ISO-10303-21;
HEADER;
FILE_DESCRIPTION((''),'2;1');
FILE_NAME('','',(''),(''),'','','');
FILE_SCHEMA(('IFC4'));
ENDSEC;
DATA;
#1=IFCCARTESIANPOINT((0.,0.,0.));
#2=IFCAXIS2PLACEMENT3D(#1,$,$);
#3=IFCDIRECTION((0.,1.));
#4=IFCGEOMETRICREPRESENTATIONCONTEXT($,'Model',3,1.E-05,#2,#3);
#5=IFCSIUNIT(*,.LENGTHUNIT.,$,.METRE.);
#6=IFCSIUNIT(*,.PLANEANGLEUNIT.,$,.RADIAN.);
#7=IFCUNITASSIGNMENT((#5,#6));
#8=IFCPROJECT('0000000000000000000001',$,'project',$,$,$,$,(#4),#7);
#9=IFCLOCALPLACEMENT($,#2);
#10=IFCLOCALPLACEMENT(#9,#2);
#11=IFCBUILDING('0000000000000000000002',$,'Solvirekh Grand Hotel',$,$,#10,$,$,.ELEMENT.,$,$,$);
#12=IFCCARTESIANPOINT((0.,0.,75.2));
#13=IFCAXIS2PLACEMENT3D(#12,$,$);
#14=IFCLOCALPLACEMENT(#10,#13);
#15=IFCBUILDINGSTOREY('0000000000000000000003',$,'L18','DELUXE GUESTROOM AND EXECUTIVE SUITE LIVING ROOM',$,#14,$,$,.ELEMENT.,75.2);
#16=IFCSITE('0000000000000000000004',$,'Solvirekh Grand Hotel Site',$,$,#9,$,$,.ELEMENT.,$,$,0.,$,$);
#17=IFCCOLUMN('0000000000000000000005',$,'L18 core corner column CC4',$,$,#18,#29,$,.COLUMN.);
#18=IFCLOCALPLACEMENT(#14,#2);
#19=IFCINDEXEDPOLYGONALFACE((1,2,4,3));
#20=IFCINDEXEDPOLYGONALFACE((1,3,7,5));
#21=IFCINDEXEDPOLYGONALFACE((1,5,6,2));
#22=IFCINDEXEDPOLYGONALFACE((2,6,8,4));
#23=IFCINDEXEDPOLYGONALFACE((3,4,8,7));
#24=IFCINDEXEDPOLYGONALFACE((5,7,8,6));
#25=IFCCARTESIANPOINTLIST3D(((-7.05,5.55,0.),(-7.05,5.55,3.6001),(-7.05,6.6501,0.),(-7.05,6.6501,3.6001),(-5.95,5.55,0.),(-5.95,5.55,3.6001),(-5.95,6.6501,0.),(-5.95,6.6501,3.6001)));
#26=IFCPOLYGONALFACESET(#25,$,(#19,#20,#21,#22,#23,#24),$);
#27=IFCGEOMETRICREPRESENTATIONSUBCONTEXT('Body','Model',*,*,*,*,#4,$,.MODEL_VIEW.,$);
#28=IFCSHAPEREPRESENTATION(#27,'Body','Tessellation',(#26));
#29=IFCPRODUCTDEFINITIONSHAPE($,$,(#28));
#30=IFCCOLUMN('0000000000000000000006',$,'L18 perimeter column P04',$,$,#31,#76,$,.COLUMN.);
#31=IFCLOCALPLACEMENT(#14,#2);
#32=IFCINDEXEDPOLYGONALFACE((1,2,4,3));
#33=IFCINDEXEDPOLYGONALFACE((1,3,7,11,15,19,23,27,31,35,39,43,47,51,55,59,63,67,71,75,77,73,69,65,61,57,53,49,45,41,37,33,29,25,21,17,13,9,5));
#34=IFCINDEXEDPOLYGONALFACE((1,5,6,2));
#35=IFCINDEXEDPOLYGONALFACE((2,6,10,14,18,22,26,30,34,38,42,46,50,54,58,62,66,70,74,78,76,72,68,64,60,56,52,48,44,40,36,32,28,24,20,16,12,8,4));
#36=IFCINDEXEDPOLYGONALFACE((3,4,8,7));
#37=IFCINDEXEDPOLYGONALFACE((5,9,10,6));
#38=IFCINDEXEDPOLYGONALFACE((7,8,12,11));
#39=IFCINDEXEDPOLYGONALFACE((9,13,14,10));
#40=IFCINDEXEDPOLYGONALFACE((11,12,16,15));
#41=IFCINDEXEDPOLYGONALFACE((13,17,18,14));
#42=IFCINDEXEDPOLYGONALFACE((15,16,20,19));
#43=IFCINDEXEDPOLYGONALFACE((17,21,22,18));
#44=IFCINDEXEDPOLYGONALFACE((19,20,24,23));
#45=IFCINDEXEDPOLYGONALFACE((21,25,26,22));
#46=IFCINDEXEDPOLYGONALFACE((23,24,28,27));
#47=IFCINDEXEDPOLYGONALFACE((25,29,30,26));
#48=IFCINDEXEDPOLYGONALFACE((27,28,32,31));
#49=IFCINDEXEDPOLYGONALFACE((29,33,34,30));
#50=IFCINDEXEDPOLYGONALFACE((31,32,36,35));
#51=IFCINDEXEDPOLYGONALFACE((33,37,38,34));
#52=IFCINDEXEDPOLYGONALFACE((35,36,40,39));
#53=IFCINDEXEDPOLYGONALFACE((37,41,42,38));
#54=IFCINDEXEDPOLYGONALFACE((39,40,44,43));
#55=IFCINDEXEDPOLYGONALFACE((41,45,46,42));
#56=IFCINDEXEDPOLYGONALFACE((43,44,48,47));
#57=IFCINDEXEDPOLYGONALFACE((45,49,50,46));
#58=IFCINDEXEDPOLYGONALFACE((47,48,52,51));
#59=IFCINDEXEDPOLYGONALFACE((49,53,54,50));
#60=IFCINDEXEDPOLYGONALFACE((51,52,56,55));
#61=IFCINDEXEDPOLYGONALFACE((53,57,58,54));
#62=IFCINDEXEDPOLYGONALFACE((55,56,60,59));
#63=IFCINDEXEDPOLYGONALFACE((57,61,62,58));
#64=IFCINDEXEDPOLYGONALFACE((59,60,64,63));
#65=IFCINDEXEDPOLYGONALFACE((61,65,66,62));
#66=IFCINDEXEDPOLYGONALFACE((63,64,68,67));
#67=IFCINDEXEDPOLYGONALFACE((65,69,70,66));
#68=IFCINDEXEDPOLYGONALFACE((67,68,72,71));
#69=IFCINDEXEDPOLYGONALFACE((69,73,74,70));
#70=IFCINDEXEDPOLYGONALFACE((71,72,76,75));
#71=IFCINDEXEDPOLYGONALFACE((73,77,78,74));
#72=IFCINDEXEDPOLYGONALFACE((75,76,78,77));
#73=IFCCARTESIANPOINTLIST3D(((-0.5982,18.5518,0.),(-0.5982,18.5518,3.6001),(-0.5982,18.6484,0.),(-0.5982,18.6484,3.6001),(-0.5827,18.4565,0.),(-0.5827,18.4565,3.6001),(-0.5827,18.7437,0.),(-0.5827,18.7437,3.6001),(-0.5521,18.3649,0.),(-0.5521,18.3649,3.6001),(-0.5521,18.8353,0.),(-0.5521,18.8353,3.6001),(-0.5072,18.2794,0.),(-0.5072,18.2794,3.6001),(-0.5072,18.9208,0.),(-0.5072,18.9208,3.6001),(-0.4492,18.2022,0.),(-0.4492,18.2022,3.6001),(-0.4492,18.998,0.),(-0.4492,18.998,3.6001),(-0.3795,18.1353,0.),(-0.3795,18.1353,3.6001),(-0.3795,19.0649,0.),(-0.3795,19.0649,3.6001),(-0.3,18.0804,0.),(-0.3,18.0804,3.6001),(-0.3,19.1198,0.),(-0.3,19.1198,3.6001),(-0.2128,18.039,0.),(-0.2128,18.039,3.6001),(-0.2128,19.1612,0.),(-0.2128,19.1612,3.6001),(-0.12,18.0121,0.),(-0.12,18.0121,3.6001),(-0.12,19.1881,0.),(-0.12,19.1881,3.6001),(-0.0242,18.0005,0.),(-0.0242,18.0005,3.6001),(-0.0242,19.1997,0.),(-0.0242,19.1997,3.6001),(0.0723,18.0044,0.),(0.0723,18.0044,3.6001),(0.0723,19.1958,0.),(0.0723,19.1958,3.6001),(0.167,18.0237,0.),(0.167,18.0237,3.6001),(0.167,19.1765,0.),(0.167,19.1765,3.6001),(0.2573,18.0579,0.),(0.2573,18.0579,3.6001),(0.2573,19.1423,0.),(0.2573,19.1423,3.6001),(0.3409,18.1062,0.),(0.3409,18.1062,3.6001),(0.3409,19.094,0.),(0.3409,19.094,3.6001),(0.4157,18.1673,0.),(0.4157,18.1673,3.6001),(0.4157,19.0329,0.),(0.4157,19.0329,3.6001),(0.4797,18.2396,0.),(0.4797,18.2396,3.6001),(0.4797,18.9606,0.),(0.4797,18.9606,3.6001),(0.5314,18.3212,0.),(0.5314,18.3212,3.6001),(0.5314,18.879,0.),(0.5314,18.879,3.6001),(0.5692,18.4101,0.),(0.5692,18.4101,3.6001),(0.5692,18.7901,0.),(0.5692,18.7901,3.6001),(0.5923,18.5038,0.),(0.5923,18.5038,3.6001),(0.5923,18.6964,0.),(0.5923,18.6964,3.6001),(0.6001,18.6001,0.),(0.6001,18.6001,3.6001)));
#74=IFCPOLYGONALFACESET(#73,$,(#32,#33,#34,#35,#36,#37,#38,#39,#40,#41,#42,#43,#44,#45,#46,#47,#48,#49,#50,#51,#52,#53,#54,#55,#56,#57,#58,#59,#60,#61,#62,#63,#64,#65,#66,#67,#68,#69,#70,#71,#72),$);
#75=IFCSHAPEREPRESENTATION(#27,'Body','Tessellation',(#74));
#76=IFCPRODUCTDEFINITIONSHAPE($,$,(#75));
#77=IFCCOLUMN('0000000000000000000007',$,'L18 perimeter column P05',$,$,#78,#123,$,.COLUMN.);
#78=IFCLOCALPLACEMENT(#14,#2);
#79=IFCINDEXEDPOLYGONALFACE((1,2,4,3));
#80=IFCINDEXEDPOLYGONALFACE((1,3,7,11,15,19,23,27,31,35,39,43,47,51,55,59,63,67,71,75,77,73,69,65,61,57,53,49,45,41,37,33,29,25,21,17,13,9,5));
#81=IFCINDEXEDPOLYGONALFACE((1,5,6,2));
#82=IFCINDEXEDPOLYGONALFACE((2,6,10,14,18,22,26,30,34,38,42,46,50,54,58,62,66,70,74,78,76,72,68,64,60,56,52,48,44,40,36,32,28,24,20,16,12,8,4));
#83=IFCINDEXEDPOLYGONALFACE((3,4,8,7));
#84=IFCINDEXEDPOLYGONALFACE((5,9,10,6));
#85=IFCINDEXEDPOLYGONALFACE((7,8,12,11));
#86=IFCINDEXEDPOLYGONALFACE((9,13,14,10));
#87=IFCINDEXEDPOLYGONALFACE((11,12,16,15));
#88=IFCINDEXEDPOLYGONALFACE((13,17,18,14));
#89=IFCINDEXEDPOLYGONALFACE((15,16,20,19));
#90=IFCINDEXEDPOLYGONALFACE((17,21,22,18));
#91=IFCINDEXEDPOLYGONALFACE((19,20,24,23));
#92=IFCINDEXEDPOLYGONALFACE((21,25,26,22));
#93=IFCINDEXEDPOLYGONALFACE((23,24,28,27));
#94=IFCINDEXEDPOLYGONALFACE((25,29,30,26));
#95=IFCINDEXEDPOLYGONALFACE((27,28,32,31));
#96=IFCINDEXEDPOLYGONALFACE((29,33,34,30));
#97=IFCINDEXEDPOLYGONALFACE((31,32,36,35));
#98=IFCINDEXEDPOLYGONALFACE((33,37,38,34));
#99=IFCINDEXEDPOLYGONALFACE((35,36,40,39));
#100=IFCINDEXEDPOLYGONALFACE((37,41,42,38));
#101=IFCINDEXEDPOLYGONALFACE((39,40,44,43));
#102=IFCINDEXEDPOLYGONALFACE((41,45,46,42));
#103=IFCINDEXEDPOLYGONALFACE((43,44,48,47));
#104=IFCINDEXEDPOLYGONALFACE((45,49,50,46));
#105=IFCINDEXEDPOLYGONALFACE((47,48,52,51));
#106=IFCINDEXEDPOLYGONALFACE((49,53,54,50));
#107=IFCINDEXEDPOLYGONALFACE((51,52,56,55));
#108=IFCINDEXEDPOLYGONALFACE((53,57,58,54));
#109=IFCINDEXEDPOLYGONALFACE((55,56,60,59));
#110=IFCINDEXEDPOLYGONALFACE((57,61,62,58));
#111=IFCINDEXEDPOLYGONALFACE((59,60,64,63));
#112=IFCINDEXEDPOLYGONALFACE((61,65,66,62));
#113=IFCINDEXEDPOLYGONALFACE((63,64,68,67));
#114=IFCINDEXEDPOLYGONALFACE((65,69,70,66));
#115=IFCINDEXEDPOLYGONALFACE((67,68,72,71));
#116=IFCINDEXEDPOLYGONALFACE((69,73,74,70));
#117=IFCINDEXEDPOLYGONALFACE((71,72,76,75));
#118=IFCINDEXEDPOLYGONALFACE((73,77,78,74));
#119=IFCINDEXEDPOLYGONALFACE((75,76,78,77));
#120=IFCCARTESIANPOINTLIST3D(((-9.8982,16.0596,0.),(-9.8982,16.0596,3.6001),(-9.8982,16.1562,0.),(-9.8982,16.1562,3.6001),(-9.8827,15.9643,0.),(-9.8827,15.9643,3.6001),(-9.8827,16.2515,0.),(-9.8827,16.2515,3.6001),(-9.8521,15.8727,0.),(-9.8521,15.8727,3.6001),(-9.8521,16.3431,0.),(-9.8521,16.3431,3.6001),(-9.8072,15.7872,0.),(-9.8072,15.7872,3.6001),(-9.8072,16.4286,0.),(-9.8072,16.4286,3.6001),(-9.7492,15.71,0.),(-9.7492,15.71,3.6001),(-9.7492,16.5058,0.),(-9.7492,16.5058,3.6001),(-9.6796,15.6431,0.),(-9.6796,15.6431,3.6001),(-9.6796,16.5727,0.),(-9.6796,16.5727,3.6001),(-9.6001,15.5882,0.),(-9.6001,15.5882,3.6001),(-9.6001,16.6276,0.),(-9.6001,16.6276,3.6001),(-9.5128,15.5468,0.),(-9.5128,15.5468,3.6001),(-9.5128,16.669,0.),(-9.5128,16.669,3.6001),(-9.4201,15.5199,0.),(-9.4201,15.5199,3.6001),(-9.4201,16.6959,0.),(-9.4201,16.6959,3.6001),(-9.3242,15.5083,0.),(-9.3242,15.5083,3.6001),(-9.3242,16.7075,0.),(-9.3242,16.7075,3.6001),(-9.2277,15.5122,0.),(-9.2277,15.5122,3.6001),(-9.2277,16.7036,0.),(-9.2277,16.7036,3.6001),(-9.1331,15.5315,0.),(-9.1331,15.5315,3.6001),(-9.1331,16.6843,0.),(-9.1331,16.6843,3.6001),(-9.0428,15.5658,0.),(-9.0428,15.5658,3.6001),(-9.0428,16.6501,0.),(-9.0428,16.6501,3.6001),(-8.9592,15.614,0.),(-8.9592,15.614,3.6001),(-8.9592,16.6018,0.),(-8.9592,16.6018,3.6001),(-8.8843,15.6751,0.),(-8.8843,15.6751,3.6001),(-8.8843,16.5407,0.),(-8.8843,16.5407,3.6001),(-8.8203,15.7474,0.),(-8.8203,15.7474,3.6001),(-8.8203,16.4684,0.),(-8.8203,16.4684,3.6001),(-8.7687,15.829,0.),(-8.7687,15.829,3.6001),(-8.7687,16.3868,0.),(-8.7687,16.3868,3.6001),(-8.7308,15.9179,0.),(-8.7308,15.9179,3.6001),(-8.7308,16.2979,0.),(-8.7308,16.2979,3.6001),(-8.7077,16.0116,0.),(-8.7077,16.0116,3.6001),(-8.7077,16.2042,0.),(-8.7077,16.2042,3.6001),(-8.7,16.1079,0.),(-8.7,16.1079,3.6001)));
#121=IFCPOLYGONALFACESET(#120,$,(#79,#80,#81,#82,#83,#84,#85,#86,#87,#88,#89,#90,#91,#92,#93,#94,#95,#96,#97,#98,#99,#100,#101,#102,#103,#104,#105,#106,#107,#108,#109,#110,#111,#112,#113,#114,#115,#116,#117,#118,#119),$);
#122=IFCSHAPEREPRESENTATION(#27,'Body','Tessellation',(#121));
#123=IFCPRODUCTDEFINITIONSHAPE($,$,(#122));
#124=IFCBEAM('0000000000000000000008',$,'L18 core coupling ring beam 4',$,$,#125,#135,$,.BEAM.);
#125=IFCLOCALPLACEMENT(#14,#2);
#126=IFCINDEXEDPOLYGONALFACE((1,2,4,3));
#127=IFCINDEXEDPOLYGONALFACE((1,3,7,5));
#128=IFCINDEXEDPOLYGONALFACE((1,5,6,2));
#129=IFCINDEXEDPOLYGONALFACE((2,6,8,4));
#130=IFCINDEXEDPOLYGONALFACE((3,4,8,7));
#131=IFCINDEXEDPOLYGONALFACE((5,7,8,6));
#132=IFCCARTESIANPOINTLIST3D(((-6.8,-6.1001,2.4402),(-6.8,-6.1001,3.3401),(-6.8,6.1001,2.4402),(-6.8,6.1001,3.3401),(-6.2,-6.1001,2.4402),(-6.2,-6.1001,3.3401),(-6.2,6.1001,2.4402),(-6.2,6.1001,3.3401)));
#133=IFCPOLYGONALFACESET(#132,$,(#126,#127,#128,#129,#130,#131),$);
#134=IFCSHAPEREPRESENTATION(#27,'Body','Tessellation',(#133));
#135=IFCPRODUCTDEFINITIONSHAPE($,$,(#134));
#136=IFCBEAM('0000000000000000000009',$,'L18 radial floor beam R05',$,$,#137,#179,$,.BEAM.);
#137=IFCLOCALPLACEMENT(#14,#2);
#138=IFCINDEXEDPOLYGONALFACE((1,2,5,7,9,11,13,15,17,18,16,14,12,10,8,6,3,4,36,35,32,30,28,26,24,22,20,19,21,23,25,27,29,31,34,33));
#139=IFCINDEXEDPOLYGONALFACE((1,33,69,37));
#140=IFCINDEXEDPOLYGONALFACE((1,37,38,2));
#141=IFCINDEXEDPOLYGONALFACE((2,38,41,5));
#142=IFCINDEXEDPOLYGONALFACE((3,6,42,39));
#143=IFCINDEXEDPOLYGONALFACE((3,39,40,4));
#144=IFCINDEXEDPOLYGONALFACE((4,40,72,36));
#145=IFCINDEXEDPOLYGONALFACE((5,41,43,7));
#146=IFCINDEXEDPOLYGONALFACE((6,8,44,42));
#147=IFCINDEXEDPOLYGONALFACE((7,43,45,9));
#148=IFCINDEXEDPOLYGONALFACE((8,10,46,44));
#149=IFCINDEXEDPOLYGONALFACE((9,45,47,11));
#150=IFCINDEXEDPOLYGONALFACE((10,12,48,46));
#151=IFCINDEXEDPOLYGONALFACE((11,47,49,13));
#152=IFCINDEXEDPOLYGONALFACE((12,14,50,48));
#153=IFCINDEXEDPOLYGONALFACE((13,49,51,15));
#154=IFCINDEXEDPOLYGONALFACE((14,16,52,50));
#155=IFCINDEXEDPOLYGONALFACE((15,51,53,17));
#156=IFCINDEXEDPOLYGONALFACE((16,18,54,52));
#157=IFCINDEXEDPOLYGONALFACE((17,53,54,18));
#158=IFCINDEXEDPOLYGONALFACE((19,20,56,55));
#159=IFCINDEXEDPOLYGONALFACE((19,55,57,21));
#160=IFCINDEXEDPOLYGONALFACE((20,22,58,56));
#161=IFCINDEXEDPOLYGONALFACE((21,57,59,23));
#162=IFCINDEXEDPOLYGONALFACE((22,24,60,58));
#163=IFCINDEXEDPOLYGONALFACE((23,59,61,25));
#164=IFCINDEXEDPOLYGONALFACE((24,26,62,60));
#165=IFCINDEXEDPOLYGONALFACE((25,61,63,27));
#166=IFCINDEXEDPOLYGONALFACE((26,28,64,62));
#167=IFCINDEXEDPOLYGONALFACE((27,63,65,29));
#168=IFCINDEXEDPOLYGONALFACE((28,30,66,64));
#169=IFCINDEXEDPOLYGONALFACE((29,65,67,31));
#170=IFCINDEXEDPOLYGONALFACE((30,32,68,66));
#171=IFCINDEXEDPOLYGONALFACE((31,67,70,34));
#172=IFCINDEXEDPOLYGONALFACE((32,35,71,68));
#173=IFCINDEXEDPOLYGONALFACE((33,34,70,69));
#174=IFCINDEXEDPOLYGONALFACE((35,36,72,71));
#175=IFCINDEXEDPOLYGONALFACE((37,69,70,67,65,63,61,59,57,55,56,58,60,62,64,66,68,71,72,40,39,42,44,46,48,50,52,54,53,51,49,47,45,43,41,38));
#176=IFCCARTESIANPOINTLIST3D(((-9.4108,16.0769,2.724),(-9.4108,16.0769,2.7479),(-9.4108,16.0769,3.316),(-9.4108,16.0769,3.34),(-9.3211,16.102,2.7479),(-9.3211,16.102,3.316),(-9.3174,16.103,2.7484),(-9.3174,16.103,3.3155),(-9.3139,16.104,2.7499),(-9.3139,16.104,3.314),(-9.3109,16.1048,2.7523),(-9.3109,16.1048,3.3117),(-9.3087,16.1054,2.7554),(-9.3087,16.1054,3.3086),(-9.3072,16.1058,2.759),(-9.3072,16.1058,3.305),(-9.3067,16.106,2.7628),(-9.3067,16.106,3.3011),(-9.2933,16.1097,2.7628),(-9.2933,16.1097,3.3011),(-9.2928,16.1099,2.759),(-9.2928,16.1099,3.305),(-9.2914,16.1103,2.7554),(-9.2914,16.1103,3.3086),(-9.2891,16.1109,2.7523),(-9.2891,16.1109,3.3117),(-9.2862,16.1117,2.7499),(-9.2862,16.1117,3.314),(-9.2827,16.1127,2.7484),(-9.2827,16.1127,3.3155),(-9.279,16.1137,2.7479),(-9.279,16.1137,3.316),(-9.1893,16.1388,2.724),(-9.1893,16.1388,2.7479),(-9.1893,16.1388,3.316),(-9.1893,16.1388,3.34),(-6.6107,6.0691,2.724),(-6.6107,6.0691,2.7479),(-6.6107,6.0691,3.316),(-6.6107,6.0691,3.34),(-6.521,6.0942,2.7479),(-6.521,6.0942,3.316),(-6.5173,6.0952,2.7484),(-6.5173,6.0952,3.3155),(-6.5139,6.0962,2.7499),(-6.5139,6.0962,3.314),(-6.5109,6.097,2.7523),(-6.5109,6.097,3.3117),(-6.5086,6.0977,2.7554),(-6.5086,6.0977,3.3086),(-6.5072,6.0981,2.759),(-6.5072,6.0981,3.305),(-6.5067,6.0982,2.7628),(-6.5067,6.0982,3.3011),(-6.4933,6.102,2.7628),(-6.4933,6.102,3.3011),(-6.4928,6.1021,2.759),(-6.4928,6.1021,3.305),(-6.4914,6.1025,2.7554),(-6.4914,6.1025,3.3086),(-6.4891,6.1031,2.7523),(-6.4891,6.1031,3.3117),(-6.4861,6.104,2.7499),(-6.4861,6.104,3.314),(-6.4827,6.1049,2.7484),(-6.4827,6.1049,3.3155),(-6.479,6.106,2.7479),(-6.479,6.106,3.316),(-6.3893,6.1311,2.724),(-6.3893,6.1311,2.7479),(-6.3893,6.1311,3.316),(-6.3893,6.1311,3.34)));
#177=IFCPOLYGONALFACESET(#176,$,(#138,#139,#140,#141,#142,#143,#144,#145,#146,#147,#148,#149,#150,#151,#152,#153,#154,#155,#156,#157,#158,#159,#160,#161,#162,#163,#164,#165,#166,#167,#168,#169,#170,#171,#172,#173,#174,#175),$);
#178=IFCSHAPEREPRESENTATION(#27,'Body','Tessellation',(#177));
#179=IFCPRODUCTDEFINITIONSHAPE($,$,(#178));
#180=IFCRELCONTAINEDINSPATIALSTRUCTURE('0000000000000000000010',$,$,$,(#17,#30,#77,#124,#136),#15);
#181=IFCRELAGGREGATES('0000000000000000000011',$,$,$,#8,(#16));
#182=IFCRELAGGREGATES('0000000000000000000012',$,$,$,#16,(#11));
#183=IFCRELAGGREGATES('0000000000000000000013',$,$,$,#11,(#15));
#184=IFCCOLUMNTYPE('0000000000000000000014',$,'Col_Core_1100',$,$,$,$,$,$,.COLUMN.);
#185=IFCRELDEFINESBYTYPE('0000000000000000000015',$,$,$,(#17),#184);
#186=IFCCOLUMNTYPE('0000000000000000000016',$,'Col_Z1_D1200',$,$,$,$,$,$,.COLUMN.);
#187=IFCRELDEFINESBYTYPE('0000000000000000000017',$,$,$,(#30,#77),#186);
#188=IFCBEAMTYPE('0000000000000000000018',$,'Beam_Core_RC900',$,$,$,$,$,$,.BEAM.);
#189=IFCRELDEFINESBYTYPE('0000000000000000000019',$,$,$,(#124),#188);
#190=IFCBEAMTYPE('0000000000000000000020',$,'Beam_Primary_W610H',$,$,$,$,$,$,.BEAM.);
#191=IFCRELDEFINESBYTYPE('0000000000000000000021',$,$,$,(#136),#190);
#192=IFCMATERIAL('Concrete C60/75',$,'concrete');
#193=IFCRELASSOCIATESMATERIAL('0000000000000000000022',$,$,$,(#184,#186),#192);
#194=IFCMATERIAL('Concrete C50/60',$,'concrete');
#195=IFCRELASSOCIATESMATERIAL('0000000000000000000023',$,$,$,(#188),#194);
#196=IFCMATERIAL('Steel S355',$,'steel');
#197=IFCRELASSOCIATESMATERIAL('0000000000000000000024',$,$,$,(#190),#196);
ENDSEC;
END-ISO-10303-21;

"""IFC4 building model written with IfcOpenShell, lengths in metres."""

from ifc_helpers import new_model, si_unit, direction, frame, origin, origin_2d, place, context, subcontext, project, spatial, rectangle, circle, i_section, extrude, material, material_profile, profile_set, type_object, element, save


model = new_model("IFC4")

# Units and contexts
model_context = context("Model", 3, precision=1e-05, world=origin(), true_north=direction((0.0, 1.0)))
body_context = subcontext(model_context, "Body", "Model", "MODEL_VIEW")
ifc_project = project(units=[si_unit("LENGTHUNIT", "METRE"), si_unit("PLANEANGLEUNIT", "RADIAN")], contexts=[model_context])

# Site, building, storey
site_placement = place(None, origin())
site = spatial("IfcSite", under=ifc_project, at=site_placement, Name="Solvirekh Grand Hotel Site", CompositionType="ELEMENT", RefElevation=0.0)
building_placement = place(site_placement, origin())
building = spatial("IfcBuilding", under=site, at=building_placement, Name="Solvirekh Grand Hotel", CompositionType="ELEMENT")
storey_placement = place(building_placement, frame((0.0, 0.0, 75.2)))
storey = spatial("IfcBuildingStorey", under=building, at=storey_placement, Name="L18", Description="DELUXE GUESTROOM AND EXECUTIVE SUITE LIVING ROOM", CompositionType="ELEMENT", Elevation=75.2)

# Columns
ifc_material_1 = material(Name="Concrete C60/75", Category="concrete")
ifc_material_profile_1 = material_profile(ifc_material_1, rectangle(XDim=1.1001, YDim=1.1001, at=origin_2d()), Name="RC 1100X1100")
ifc_profile_set_1 = profile_set([ifc_material_profile_1], Name="Concrete C60/75")
column_type_1 = type_object("IfcColumnType", Name="Col_Core_1100", PredefinedType="COLUMN", material=ifc_profile_set_1)
column_placement = place(storey_placement, frame((-6.5, 6.1001, 0.0), z_axis=(0.0, 0.0, 1.0), x_axis=(1.0, 0.0, 0.0)))
element("IfcColumn", 1, at=column_placement, inside=storey, type_object=column_type_1, Name="L18 core corner column CC4", PredefinedType="COLUMN", context=body_context, shape_type="SweptSolid", body=[
    extrude(rectangle(XDim=1.1001, YDim=1.1001, at=origin_2d()), origin(), (0.0, 0.0, 1.0), 3.6001),
])
ifc_material_profile_2 = material_profile(ifc_material_1, circle(Radius=0.6001, at=origin_2d()), Name="RC CIRC D1200")
ifc_profile_set_2 = profile_set([ifc_material_profile_2], Name="Concrete C60/75")
column_type_2 = type_object("IfcColumnType", Name="Col_Z1_D1200", PredefinedType="COLUMN", material=ifc_profile_set_2)
for number, where, z_axis, x_axis, name in (
    (2, (0.0, 18.6001, 0.0), (0.0, 0.0, 1.0), (1.0, 0.0, 0.0), "L18 perimeter column P04"),
    (3, (-9.3, 16.1079, 0.0), (0.0, 0.0, 1.0), (1.0, 0.0, 0.0), "L18 perimeter column P05"),
):
    element("IfcColumn", number, at=place(storey_placement, frame(where, z_axis=z_axis, x_axis=x_axis)), inside=storey, type_object=column_type_2, Name=name, PredefinedType="COLUMN", context=body_context, shape_type="SweptSolid", body=[
        extrude(circle(Radius=0.6001, at=origin_2d()), origin(), (0.0, 0.0, 1.0), 3.6001),
    ])

# Beams
ifc_material_2 = material(Name="Concrete C50/60", Category="concrete")
ifc_material_profile_3 = material_profile(ifc_material_2, rectangle(XDim=0.6001, YDim=0.8999, at=origin_2d()), Name="RC BEAM 600X900")
ifc_profile_set_3 = profile_set([ifc_material_profile_3], Name="Concrete C50/60")
beam_type_1 = type_object("IfcBeamType", Name="Beam_Core_RC900", PredefinedType="BEAM", material=ifc_profile_set_3)
beam_1_placement = place(storey_placement, frame((-6.5, 6.1001, 2.8901), z_axis=(0.0, -1.0, 0.0), x_axis=(1.0, 0.0, 0.0)))
element("IfcBeam", 4, at=beam_1_placement, inside=storey, type_object=beam_type_1, Name="L18 core coupling ring beam 4", PredefinedType="BEAM", context=body_context, shape_type="SweptSolid", body=[
    extrude(rectangle(XDim=0.6001, YDim=0.8999, at=origin_2d()), origin(), (0.0, 0.0, 1.0), 12.2002),
])
ifc_material_3 = material(Name="Steel S355", Category="steel")
ifc_material_profile_4 = material_profile(ifc_material_3, i_section(OverallWidth=0.23, OverallDepth=0.616, WebThickness=0.0139, FlangeThickness=0.0239, FilletRadius=0.0149, at=origin_2d()), Name="W610X174")
ifc_profile_set_4 = profile_set([ifc_material_profile_4], Name="Steel S355")
beam_type_2 = type_object("IfcBeamType", Name="Beam_Primary_W610H", PredefinedType="BEAM", material=ifc_profile_set_4)
beam_2_placement = place(storey_placement, frame((-6.5, 6.1001, 3.032), z_axis=(-0.269439, 0.963017, 0.0), x_axis=(-0.963017, -0.269439, 0.0)))
element("IfcBeam", 5, at=beam_2_placement, inside=storey, type_object=beam_type_2, Name="L18 radial floor beam R05", PredefinedType="BEAM", context=body_context, shape_type="SweptSolid", body=[
    extrude(i_section(OverallWidth=0.23, OverallDepth=0.616, WebThickness=0.0139, FlangeThickness=0.0239, FilletRadius=0.0149, at=origin_2d()), origin(), (0.0, 0.0, 1.0), 10.3921),
])

save(model, "model.ifc")
